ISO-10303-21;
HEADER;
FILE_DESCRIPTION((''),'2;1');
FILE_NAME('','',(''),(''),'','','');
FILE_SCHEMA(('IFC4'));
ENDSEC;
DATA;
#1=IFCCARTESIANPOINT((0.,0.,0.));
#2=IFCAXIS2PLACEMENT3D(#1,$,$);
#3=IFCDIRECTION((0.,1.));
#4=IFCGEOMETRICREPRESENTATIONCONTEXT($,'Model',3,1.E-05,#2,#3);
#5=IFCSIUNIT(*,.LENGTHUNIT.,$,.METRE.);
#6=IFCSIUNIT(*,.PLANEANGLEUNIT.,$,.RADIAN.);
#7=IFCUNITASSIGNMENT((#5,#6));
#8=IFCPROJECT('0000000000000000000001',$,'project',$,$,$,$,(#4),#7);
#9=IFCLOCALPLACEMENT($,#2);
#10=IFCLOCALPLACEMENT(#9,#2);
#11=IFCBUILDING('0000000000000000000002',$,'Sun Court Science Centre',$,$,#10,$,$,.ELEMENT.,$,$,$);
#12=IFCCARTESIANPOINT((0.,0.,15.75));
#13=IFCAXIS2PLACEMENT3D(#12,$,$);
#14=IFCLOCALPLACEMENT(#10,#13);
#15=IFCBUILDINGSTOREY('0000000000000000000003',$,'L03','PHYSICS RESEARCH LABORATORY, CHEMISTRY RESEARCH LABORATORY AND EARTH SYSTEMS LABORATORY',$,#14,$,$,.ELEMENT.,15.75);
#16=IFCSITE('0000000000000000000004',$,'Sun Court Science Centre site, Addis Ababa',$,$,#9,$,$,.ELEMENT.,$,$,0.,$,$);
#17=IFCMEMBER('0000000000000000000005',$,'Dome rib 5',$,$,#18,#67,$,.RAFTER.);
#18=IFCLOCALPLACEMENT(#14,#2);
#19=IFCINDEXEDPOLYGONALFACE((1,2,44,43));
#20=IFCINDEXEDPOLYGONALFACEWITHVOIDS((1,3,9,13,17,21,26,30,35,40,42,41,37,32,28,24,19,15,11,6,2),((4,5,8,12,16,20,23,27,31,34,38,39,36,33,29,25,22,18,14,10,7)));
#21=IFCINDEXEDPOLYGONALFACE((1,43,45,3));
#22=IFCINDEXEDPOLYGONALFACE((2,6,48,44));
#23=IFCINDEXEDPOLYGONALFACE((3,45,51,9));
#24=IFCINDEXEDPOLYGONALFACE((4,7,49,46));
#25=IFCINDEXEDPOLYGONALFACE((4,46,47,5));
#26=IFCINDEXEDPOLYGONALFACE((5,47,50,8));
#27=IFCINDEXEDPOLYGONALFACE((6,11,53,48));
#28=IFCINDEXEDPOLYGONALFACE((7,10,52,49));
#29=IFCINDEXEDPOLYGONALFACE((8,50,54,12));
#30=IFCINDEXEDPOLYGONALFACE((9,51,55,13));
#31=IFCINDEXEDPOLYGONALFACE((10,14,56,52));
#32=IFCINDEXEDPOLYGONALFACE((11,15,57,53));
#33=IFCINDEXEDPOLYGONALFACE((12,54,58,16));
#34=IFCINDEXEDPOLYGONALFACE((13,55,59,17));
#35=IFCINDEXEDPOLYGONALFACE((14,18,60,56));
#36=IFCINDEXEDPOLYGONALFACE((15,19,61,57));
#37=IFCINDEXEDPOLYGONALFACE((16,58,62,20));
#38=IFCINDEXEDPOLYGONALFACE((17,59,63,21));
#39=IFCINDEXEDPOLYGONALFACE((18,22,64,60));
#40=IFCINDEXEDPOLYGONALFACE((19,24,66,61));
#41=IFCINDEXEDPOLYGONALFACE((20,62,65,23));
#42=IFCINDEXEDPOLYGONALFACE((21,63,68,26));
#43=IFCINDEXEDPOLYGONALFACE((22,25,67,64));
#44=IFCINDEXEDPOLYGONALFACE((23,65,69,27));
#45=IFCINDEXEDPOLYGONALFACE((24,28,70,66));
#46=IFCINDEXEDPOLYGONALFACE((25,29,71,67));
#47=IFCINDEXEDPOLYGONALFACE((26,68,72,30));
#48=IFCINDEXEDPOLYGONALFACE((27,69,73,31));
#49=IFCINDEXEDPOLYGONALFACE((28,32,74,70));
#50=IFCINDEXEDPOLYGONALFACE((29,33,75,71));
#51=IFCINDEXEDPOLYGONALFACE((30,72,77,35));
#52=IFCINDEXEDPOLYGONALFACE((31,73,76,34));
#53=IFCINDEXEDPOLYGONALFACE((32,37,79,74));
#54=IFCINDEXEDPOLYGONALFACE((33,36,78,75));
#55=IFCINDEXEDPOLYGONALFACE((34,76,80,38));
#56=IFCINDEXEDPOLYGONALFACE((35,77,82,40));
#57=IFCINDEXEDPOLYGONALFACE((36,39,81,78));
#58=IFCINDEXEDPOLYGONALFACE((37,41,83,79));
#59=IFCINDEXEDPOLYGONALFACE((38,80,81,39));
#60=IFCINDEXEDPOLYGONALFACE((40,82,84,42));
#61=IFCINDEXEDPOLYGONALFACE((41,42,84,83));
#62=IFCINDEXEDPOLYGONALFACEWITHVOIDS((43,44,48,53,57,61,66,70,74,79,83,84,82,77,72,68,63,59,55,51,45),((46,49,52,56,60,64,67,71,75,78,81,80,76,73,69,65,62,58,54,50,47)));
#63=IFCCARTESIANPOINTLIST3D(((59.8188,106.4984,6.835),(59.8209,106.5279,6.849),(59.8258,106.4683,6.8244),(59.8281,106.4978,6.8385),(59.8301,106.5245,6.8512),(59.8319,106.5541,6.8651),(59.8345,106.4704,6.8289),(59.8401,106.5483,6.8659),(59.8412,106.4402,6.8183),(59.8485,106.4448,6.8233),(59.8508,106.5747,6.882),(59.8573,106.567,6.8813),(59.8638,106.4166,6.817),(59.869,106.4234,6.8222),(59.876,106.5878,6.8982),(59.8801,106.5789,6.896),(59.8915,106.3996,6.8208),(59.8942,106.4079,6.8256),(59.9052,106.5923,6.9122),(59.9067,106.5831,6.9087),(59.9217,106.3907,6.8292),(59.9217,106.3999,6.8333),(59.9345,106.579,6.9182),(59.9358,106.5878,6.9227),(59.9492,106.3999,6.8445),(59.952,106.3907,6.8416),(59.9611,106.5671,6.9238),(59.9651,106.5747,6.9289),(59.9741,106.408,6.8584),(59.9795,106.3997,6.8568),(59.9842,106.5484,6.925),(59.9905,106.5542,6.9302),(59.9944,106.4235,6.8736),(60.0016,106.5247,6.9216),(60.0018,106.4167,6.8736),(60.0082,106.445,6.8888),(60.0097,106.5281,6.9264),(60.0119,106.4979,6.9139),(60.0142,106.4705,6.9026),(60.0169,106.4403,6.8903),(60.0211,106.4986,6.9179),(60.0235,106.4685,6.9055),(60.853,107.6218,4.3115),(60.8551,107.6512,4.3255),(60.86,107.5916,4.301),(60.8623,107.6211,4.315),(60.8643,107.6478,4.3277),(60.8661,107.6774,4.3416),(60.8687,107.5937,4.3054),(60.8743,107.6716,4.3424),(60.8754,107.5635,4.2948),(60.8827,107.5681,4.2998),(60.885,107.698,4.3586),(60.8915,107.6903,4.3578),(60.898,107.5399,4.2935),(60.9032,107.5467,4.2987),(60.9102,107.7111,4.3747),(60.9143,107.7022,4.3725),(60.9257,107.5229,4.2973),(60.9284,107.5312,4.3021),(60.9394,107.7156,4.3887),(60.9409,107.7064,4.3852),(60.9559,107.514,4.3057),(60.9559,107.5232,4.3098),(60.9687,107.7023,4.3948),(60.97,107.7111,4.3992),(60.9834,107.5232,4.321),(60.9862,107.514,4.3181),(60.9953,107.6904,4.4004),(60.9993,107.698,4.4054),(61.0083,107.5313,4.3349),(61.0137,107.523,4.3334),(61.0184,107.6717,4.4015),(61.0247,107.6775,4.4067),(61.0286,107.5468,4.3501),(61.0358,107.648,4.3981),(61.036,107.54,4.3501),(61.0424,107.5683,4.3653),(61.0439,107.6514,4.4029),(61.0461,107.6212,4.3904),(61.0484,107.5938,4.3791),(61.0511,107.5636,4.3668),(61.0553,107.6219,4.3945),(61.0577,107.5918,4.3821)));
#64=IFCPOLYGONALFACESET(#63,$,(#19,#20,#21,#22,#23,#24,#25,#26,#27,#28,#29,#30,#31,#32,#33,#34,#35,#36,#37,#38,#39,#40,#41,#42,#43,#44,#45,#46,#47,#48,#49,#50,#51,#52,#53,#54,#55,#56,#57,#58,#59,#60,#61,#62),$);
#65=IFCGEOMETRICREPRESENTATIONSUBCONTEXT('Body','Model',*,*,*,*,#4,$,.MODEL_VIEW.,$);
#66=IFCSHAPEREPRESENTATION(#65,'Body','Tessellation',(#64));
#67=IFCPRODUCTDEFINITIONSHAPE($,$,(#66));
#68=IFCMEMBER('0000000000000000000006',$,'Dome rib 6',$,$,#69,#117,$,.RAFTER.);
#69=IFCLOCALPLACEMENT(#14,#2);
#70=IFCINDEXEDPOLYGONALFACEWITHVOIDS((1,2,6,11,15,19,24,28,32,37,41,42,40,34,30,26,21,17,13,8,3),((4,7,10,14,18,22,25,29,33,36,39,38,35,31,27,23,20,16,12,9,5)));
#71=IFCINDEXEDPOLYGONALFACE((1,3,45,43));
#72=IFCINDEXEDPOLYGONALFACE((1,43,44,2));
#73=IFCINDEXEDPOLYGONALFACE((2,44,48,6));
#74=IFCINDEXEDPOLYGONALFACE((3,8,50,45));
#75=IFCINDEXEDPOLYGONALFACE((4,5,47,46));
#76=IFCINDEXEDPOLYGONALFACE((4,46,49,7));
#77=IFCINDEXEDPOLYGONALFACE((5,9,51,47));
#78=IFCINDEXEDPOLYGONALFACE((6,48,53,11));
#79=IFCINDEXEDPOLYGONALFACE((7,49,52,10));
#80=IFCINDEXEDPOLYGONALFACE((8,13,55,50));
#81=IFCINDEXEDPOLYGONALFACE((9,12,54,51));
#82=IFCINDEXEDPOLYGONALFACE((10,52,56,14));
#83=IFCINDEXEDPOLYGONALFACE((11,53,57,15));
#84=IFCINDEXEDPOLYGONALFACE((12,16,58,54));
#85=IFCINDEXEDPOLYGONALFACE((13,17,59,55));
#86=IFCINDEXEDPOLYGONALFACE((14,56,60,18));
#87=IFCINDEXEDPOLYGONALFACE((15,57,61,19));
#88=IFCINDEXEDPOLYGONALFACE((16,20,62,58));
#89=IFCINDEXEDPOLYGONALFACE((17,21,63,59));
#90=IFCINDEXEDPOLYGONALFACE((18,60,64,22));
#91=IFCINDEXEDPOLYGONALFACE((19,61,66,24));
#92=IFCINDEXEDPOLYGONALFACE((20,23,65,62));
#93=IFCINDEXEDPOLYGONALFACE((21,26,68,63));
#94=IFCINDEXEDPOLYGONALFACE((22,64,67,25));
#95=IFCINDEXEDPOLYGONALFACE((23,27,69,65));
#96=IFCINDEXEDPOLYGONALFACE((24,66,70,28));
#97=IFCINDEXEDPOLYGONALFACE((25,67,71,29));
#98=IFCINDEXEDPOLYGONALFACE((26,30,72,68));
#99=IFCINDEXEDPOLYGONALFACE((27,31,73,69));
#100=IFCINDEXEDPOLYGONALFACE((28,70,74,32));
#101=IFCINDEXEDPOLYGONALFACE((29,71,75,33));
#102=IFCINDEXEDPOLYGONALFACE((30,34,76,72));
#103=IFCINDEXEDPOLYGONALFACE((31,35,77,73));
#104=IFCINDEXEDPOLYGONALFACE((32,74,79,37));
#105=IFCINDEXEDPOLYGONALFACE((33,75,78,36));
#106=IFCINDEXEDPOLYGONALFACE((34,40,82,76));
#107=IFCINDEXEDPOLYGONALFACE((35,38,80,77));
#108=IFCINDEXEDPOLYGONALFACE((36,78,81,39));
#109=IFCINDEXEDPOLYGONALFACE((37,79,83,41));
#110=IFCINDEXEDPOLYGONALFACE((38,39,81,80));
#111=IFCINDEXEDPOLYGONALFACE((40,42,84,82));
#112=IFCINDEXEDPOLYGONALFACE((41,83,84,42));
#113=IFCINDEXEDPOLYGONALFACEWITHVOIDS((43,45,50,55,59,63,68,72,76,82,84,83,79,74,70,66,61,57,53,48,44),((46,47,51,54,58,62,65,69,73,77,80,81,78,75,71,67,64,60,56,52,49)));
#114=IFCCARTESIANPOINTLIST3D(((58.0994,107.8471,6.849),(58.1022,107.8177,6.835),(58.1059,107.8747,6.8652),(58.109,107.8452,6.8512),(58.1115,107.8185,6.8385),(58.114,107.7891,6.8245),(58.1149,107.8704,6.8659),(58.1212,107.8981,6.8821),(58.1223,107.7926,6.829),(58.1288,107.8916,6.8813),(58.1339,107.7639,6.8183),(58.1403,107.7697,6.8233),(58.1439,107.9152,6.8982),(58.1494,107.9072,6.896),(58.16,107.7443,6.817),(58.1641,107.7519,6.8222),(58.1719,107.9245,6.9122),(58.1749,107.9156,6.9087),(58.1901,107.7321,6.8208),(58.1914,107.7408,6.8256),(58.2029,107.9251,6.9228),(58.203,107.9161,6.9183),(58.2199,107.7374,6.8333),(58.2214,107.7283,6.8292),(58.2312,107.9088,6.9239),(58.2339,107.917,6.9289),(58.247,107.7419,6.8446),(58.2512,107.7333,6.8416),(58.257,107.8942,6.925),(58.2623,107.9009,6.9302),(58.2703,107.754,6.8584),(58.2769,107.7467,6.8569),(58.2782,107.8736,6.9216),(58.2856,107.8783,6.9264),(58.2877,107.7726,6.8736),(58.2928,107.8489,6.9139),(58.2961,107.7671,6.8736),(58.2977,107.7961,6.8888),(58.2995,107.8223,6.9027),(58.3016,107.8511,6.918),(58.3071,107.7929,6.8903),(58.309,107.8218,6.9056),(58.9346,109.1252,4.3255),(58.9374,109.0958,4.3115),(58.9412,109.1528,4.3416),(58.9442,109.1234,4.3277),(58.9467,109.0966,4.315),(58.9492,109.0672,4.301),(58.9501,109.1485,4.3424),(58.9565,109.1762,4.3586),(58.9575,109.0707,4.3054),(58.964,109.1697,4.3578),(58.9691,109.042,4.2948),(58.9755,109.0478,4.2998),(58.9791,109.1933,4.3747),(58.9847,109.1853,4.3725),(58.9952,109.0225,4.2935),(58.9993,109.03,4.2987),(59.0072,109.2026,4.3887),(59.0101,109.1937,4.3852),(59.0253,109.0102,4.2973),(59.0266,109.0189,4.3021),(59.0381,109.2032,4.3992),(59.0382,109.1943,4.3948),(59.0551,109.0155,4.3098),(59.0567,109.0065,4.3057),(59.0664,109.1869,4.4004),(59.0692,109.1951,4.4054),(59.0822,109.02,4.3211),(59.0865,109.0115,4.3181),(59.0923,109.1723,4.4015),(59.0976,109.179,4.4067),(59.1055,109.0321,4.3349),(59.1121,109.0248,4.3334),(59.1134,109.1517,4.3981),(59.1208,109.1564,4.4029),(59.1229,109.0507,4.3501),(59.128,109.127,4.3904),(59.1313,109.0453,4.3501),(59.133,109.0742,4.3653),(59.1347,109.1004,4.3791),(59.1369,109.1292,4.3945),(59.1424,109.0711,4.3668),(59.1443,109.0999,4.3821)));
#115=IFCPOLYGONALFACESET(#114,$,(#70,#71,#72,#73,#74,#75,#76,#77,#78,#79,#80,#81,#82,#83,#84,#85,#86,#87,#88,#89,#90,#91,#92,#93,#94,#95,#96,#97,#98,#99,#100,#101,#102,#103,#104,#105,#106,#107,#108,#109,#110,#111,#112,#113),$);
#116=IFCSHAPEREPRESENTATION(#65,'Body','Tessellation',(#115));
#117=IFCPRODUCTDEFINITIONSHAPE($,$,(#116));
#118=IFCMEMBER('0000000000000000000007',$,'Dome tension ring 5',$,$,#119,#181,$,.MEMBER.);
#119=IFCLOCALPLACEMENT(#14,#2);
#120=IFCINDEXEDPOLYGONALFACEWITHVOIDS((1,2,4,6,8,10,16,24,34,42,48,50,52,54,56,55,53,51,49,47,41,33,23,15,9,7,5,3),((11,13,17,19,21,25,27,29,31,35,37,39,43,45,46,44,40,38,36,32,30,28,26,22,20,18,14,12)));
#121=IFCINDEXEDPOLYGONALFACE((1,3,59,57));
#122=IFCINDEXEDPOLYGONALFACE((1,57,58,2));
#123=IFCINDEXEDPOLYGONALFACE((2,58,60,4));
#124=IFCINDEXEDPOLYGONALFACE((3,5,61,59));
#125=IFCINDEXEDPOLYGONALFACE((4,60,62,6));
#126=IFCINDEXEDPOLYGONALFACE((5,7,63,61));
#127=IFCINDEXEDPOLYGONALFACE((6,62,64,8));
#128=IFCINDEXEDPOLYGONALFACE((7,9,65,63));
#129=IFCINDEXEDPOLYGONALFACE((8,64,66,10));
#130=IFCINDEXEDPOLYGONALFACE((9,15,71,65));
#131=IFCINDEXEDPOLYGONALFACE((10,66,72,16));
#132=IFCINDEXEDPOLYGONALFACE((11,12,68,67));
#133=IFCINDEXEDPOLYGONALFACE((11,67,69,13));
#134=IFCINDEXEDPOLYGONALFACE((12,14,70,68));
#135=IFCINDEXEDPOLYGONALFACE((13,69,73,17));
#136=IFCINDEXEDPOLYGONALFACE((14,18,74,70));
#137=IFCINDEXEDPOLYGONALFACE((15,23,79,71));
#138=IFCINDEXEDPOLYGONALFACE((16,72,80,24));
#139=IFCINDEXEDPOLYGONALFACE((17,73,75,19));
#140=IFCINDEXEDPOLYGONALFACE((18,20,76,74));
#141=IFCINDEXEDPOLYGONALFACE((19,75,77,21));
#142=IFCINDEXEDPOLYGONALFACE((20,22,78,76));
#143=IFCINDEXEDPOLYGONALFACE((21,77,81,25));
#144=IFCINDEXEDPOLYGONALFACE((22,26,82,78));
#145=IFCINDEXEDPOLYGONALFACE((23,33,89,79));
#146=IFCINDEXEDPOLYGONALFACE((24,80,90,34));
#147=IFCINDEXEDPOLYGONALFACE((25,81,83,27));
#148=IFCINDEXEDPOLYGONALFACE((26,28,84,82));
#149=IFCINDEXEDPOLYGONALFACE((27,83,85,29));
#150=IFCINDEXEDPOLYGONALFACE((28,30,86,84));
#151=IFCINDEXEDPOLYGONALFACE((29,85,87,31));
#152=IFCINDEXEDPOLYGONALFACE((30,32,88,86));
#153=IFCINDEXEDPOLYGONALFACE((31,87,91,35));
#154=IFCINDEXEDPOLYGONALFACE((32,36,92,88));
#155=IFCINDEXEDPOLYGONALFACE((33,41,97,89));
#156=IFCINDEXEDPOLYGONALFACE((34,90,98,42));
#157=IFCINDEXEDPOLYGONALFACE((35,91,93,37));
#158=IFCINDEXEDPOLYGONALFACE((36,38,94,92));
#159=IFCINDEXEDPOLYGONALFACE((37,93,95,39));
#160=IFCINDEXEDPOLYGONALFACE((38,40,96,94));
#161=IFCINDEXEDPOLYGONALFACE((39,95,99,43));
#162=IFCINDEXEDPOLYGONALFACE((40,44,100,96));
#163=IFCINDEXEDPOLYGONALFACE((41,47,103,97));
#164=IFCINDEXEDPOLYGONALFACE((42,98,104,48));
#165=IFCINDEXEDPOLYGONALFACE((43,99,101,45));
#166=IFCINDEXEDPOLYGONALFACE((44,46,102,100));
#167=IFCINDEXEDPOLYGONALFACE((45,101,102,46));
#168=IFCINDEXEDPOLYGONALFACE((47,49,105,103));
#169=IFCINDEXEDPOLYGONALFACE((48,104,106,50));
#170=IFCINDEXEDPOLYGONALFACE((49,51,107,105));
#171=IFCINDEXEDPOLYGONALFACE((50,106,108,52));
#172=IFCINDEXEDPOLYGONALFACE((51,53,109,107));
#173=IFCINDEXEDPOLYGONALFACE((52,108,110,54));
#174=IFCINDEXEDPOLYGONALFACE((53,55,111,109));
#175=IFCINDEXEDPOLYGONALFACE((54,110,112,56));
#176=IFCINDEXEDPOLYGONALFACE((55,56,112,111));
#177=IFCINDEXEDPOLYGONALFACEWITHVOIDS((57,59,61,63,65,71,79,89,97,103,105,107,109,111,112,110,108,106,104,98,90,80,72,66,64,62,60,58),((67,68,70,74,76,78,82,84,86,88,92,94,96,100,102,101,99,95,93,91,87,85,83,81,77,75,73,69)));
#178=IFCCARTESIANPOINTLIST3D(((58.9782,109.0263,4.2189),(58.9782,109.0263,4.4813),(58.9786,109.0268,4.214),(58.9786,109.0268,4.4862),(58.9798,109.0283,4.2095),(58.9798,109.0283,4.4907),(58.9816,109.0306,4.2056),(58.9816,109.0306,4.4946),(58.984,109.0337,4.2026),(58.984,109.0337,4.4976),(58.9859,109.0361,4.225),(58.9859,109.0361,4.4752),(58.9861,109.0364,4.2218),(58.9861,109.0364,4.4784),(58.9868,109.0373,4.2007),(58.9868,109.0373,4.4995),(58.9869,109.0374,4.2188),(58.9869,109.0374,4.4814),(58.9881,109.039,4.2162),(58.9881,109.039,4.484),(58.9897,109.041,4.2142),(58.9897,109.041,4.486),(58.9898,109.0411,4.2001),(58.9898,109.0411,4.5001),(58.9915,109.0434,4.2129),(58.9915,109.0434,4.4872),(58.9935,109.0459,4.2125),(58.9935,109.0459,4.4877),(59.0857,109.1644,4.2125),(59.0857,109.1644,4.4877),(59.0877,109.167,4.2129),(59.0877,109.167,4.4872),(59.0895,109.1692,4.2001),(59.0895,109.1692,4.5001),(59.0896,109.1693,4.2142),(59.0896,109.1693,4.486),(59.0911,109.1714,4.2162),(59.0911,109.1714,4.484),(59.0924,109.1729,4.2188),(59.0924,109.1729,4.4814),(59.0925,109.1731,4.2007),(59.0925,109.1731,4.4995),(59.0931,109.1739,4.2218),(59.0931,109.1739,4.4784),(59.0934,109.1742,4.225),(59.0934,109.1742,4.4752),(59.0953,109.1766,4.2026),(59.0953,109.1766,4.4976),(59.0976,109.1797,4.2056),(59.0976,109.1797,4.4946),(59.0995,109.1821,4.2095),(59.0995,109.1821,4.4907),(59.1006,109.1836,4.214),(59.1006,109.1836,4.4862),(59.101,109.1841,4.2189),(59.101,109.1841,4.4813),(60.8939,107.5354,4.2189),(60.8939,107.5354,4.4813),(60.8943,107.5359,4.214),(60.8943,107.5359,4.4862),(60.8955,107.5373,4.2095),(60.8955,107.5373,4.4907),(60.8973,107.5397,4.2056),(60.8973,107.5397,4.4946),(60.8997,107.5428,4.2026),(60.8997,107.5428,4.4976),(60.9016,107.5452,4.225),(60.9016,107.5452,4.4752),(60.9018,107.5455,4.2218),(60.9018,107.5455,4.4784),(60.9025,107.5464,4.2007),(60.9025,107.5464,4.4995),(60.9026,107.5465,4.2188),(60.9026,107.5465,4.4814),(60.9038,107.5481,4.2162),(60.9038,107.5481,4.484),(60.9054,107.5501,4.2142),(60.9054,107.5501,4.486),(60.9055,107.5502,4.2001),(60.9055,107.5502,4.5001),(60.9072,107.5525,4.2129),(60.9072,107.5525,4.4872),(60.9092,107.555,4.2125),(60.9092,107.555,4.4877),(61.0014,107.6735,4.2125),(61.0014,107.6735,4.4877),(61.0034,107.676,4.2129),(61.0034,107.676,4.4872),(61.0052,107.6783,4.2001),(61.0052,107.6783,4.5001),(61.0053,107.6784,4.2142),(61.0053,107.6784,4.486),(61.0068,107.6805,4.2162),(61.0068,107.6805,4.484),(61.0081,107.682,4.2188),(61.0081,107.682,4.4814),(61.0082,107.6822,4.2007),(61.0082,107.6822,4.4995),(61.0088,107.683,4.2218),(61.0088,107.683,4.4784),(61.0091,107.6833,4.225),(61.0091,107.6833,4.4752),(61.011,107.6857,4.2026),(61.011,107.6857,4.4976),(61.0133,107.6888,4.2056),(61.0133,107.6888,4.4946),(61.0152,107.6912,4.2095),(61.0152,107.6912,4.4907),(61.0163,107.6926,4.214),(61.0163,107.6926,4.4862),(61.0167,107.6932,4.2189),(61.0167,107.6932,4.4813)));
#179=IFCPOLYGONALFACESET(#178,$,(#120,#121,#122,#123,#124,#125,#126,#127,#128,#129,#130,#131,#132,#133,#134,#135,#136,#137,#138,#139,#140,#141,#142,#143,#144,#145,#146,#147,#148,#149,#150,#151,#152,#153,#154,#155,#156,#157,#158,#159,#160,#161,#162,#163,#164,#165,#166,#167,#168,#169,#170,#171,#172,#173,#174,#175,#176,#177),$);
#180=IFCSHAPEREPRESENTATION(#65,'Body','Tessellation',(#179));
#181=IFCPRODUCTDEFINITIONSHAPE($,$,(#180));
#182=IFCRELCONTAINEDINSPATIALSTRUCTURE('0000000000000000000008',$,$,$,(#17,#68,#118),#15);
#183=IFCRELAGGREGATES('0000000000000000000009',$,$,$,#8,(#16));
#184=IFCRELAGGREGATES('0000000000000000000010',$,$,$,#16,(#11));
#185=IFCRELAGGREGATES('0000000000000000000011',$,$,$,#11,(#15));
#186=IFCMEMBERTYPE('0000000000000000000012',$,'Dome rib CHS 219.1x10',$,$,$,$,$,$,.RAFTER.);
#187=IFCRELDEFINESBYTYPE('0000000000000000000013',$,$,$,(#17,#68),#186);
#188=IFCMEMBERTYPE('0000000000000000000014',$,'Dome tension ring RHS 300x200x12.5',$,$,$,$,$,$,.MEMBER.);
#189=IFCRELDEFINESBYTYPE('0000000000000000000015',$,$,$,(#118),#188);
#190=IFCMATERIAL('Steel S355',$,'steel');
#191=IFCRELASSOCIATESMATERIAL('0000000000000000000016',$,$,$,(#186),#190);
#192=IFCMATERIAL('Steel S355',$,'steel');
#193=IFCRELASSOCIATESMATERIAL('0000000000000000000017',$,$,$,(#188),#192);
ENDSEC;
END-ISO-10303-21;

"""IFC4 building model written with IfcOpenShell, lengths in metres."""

from ifc_helpers import new_model, si_unit, direction, frame, origin, origin_2d, place, context, subcontext, project, spatial, hollow_rectangle, hollow_circle, extrude, material, material_profile, profile_set, type_object, element, save


model = new_model("IFC4")

# Units and contexts
model_context = context("Model", 3, precision=1e-05, world=origin(), true_north=direction((0.0, 1.0)))
body_context = subcontext(model_context, "Body", "Model", "MODEL_VIEW")
ifc_project = project(units=[si_unit("LENGTHUNIT", "METRE"), si_unit("PLANEANGLEUNIT", "RADIAN")], contexts=[model_context])

# Site, building, storey
site_placement = place(None, origin())
site = spatial("IfcSite", under=ifc_project, at=site_placement, Name="Sun Court Science Centre site, Addis Ababa", CompositionType="ELEMENT", RefElevation=0.0)
building_placement = place(site_placement, origin())
building = spatial("IfcBuilding", under=site, at=building_placement, Name="Sun Court Science Centre", CompositionType="ELEMENT")
storey_placement = place(building_placement, frame((0.0, 0.0, 15.75)))
storey = spatial("IfcBuildingStorey", under=building, at=storey_placement, Name="L03", Description="PHYSICS RESEARCH LABORATORY, CHEMISTRY RESEARCH LABORATORY AND EARTH SYSTEMS LABORATORY", CompositionType="ELEMENT", Elevation=15.75)

# Members
ifc_material_1 = material(Name="Steel S355", Category="steel")
ifc_material_profile_1 = material_profile(ifc_material_1, hollow_circle(Radius=0.1096, WallThickness=0.01, at=origin_2d()), Name="CHS 219.1x10")
ifc_profile_set_1 = profile_set([ifc_material_profile_1], Name="Steel S355")
member_type_1 = type_object("IfcMemberType", Name="Dome rib CHS 219.1x10", PredefinedType="RAFTER", material=ifc_profile_set_1)
for number, where, z_axis, x_axis, name in (
    (1, (60.9553, 107.6143, 4.3501), (-0.350639, -0.380852, 0.855572), (0.735686, -0.677323, 0.0), "Dome rib 5"),
    (2, (59.0396, 109.1052, 4.3501), (-0.283181, -0.433339, 0.855585), (0.837108, -0.547038, 0.0), "Dome rib 6"),
):
    element("IfcMember", number, at=place(storey_placement, frame(where, z_axis=z_axis, x_axis=x_axis)), inside=storey, type_object=member_type_1, Name=name, PredefinedType="RAFTER", context=body_context, shape_type="SweptSolid", body=[
        extrude(hollow_circle(Radius=0.1096, WallThickness=0.01, at=origin_2d()), origin(), (0.0, 0.0, 1.0), 2.9495),
    ])
ifc_material_2 = material(Name="Steel S355", Category="steel")
ifc_material_profile_2 = material_profile(ifc_material_2, hollow_rectangle(XDim=0.2, YDim=0.3, WallThickness=0.0125, InnerFilletRadius=0.0125, OuterFilletRadius=0.0188, at=origin_2d()), Name="RHS 300x200x12.5")
ifc_profile_set_2 = profile_set([ifc_material_profile_2], Name="Steel S355")
member_type_2 = type_object("IfcMemberType", Name="Dome tension ring RHS 300x200x12.5", PredefinedType="MEMBER", material=ifc_profile_set_2)
member_1_placement = place(storey_placement, frame((60.9553, 107.6143, 4.3501), z_axis=(-0.789168, 0.614177, 0.0), x_axis=(-0.614177, -0.789168, 0.0)))
element("IfcMember", 3, at=member_1_placement, inside=storey, type_object=member_type_2, Name="Dome tension ring 5", PredefinedType="MEMBER", context=body_context, shape_type="SweptSolid", body=[
    extrude(hollow_rectangle(XDim=0.2, YDim=0.3, WallThickness=0.0125, InnerFilletRadius=0.0125, OuterFilletRadius=0.0188, at=origin_2d()), origin(), (0.0, 0.0, 1.0), 2.4275),
])

save(model, "model.ifc")
